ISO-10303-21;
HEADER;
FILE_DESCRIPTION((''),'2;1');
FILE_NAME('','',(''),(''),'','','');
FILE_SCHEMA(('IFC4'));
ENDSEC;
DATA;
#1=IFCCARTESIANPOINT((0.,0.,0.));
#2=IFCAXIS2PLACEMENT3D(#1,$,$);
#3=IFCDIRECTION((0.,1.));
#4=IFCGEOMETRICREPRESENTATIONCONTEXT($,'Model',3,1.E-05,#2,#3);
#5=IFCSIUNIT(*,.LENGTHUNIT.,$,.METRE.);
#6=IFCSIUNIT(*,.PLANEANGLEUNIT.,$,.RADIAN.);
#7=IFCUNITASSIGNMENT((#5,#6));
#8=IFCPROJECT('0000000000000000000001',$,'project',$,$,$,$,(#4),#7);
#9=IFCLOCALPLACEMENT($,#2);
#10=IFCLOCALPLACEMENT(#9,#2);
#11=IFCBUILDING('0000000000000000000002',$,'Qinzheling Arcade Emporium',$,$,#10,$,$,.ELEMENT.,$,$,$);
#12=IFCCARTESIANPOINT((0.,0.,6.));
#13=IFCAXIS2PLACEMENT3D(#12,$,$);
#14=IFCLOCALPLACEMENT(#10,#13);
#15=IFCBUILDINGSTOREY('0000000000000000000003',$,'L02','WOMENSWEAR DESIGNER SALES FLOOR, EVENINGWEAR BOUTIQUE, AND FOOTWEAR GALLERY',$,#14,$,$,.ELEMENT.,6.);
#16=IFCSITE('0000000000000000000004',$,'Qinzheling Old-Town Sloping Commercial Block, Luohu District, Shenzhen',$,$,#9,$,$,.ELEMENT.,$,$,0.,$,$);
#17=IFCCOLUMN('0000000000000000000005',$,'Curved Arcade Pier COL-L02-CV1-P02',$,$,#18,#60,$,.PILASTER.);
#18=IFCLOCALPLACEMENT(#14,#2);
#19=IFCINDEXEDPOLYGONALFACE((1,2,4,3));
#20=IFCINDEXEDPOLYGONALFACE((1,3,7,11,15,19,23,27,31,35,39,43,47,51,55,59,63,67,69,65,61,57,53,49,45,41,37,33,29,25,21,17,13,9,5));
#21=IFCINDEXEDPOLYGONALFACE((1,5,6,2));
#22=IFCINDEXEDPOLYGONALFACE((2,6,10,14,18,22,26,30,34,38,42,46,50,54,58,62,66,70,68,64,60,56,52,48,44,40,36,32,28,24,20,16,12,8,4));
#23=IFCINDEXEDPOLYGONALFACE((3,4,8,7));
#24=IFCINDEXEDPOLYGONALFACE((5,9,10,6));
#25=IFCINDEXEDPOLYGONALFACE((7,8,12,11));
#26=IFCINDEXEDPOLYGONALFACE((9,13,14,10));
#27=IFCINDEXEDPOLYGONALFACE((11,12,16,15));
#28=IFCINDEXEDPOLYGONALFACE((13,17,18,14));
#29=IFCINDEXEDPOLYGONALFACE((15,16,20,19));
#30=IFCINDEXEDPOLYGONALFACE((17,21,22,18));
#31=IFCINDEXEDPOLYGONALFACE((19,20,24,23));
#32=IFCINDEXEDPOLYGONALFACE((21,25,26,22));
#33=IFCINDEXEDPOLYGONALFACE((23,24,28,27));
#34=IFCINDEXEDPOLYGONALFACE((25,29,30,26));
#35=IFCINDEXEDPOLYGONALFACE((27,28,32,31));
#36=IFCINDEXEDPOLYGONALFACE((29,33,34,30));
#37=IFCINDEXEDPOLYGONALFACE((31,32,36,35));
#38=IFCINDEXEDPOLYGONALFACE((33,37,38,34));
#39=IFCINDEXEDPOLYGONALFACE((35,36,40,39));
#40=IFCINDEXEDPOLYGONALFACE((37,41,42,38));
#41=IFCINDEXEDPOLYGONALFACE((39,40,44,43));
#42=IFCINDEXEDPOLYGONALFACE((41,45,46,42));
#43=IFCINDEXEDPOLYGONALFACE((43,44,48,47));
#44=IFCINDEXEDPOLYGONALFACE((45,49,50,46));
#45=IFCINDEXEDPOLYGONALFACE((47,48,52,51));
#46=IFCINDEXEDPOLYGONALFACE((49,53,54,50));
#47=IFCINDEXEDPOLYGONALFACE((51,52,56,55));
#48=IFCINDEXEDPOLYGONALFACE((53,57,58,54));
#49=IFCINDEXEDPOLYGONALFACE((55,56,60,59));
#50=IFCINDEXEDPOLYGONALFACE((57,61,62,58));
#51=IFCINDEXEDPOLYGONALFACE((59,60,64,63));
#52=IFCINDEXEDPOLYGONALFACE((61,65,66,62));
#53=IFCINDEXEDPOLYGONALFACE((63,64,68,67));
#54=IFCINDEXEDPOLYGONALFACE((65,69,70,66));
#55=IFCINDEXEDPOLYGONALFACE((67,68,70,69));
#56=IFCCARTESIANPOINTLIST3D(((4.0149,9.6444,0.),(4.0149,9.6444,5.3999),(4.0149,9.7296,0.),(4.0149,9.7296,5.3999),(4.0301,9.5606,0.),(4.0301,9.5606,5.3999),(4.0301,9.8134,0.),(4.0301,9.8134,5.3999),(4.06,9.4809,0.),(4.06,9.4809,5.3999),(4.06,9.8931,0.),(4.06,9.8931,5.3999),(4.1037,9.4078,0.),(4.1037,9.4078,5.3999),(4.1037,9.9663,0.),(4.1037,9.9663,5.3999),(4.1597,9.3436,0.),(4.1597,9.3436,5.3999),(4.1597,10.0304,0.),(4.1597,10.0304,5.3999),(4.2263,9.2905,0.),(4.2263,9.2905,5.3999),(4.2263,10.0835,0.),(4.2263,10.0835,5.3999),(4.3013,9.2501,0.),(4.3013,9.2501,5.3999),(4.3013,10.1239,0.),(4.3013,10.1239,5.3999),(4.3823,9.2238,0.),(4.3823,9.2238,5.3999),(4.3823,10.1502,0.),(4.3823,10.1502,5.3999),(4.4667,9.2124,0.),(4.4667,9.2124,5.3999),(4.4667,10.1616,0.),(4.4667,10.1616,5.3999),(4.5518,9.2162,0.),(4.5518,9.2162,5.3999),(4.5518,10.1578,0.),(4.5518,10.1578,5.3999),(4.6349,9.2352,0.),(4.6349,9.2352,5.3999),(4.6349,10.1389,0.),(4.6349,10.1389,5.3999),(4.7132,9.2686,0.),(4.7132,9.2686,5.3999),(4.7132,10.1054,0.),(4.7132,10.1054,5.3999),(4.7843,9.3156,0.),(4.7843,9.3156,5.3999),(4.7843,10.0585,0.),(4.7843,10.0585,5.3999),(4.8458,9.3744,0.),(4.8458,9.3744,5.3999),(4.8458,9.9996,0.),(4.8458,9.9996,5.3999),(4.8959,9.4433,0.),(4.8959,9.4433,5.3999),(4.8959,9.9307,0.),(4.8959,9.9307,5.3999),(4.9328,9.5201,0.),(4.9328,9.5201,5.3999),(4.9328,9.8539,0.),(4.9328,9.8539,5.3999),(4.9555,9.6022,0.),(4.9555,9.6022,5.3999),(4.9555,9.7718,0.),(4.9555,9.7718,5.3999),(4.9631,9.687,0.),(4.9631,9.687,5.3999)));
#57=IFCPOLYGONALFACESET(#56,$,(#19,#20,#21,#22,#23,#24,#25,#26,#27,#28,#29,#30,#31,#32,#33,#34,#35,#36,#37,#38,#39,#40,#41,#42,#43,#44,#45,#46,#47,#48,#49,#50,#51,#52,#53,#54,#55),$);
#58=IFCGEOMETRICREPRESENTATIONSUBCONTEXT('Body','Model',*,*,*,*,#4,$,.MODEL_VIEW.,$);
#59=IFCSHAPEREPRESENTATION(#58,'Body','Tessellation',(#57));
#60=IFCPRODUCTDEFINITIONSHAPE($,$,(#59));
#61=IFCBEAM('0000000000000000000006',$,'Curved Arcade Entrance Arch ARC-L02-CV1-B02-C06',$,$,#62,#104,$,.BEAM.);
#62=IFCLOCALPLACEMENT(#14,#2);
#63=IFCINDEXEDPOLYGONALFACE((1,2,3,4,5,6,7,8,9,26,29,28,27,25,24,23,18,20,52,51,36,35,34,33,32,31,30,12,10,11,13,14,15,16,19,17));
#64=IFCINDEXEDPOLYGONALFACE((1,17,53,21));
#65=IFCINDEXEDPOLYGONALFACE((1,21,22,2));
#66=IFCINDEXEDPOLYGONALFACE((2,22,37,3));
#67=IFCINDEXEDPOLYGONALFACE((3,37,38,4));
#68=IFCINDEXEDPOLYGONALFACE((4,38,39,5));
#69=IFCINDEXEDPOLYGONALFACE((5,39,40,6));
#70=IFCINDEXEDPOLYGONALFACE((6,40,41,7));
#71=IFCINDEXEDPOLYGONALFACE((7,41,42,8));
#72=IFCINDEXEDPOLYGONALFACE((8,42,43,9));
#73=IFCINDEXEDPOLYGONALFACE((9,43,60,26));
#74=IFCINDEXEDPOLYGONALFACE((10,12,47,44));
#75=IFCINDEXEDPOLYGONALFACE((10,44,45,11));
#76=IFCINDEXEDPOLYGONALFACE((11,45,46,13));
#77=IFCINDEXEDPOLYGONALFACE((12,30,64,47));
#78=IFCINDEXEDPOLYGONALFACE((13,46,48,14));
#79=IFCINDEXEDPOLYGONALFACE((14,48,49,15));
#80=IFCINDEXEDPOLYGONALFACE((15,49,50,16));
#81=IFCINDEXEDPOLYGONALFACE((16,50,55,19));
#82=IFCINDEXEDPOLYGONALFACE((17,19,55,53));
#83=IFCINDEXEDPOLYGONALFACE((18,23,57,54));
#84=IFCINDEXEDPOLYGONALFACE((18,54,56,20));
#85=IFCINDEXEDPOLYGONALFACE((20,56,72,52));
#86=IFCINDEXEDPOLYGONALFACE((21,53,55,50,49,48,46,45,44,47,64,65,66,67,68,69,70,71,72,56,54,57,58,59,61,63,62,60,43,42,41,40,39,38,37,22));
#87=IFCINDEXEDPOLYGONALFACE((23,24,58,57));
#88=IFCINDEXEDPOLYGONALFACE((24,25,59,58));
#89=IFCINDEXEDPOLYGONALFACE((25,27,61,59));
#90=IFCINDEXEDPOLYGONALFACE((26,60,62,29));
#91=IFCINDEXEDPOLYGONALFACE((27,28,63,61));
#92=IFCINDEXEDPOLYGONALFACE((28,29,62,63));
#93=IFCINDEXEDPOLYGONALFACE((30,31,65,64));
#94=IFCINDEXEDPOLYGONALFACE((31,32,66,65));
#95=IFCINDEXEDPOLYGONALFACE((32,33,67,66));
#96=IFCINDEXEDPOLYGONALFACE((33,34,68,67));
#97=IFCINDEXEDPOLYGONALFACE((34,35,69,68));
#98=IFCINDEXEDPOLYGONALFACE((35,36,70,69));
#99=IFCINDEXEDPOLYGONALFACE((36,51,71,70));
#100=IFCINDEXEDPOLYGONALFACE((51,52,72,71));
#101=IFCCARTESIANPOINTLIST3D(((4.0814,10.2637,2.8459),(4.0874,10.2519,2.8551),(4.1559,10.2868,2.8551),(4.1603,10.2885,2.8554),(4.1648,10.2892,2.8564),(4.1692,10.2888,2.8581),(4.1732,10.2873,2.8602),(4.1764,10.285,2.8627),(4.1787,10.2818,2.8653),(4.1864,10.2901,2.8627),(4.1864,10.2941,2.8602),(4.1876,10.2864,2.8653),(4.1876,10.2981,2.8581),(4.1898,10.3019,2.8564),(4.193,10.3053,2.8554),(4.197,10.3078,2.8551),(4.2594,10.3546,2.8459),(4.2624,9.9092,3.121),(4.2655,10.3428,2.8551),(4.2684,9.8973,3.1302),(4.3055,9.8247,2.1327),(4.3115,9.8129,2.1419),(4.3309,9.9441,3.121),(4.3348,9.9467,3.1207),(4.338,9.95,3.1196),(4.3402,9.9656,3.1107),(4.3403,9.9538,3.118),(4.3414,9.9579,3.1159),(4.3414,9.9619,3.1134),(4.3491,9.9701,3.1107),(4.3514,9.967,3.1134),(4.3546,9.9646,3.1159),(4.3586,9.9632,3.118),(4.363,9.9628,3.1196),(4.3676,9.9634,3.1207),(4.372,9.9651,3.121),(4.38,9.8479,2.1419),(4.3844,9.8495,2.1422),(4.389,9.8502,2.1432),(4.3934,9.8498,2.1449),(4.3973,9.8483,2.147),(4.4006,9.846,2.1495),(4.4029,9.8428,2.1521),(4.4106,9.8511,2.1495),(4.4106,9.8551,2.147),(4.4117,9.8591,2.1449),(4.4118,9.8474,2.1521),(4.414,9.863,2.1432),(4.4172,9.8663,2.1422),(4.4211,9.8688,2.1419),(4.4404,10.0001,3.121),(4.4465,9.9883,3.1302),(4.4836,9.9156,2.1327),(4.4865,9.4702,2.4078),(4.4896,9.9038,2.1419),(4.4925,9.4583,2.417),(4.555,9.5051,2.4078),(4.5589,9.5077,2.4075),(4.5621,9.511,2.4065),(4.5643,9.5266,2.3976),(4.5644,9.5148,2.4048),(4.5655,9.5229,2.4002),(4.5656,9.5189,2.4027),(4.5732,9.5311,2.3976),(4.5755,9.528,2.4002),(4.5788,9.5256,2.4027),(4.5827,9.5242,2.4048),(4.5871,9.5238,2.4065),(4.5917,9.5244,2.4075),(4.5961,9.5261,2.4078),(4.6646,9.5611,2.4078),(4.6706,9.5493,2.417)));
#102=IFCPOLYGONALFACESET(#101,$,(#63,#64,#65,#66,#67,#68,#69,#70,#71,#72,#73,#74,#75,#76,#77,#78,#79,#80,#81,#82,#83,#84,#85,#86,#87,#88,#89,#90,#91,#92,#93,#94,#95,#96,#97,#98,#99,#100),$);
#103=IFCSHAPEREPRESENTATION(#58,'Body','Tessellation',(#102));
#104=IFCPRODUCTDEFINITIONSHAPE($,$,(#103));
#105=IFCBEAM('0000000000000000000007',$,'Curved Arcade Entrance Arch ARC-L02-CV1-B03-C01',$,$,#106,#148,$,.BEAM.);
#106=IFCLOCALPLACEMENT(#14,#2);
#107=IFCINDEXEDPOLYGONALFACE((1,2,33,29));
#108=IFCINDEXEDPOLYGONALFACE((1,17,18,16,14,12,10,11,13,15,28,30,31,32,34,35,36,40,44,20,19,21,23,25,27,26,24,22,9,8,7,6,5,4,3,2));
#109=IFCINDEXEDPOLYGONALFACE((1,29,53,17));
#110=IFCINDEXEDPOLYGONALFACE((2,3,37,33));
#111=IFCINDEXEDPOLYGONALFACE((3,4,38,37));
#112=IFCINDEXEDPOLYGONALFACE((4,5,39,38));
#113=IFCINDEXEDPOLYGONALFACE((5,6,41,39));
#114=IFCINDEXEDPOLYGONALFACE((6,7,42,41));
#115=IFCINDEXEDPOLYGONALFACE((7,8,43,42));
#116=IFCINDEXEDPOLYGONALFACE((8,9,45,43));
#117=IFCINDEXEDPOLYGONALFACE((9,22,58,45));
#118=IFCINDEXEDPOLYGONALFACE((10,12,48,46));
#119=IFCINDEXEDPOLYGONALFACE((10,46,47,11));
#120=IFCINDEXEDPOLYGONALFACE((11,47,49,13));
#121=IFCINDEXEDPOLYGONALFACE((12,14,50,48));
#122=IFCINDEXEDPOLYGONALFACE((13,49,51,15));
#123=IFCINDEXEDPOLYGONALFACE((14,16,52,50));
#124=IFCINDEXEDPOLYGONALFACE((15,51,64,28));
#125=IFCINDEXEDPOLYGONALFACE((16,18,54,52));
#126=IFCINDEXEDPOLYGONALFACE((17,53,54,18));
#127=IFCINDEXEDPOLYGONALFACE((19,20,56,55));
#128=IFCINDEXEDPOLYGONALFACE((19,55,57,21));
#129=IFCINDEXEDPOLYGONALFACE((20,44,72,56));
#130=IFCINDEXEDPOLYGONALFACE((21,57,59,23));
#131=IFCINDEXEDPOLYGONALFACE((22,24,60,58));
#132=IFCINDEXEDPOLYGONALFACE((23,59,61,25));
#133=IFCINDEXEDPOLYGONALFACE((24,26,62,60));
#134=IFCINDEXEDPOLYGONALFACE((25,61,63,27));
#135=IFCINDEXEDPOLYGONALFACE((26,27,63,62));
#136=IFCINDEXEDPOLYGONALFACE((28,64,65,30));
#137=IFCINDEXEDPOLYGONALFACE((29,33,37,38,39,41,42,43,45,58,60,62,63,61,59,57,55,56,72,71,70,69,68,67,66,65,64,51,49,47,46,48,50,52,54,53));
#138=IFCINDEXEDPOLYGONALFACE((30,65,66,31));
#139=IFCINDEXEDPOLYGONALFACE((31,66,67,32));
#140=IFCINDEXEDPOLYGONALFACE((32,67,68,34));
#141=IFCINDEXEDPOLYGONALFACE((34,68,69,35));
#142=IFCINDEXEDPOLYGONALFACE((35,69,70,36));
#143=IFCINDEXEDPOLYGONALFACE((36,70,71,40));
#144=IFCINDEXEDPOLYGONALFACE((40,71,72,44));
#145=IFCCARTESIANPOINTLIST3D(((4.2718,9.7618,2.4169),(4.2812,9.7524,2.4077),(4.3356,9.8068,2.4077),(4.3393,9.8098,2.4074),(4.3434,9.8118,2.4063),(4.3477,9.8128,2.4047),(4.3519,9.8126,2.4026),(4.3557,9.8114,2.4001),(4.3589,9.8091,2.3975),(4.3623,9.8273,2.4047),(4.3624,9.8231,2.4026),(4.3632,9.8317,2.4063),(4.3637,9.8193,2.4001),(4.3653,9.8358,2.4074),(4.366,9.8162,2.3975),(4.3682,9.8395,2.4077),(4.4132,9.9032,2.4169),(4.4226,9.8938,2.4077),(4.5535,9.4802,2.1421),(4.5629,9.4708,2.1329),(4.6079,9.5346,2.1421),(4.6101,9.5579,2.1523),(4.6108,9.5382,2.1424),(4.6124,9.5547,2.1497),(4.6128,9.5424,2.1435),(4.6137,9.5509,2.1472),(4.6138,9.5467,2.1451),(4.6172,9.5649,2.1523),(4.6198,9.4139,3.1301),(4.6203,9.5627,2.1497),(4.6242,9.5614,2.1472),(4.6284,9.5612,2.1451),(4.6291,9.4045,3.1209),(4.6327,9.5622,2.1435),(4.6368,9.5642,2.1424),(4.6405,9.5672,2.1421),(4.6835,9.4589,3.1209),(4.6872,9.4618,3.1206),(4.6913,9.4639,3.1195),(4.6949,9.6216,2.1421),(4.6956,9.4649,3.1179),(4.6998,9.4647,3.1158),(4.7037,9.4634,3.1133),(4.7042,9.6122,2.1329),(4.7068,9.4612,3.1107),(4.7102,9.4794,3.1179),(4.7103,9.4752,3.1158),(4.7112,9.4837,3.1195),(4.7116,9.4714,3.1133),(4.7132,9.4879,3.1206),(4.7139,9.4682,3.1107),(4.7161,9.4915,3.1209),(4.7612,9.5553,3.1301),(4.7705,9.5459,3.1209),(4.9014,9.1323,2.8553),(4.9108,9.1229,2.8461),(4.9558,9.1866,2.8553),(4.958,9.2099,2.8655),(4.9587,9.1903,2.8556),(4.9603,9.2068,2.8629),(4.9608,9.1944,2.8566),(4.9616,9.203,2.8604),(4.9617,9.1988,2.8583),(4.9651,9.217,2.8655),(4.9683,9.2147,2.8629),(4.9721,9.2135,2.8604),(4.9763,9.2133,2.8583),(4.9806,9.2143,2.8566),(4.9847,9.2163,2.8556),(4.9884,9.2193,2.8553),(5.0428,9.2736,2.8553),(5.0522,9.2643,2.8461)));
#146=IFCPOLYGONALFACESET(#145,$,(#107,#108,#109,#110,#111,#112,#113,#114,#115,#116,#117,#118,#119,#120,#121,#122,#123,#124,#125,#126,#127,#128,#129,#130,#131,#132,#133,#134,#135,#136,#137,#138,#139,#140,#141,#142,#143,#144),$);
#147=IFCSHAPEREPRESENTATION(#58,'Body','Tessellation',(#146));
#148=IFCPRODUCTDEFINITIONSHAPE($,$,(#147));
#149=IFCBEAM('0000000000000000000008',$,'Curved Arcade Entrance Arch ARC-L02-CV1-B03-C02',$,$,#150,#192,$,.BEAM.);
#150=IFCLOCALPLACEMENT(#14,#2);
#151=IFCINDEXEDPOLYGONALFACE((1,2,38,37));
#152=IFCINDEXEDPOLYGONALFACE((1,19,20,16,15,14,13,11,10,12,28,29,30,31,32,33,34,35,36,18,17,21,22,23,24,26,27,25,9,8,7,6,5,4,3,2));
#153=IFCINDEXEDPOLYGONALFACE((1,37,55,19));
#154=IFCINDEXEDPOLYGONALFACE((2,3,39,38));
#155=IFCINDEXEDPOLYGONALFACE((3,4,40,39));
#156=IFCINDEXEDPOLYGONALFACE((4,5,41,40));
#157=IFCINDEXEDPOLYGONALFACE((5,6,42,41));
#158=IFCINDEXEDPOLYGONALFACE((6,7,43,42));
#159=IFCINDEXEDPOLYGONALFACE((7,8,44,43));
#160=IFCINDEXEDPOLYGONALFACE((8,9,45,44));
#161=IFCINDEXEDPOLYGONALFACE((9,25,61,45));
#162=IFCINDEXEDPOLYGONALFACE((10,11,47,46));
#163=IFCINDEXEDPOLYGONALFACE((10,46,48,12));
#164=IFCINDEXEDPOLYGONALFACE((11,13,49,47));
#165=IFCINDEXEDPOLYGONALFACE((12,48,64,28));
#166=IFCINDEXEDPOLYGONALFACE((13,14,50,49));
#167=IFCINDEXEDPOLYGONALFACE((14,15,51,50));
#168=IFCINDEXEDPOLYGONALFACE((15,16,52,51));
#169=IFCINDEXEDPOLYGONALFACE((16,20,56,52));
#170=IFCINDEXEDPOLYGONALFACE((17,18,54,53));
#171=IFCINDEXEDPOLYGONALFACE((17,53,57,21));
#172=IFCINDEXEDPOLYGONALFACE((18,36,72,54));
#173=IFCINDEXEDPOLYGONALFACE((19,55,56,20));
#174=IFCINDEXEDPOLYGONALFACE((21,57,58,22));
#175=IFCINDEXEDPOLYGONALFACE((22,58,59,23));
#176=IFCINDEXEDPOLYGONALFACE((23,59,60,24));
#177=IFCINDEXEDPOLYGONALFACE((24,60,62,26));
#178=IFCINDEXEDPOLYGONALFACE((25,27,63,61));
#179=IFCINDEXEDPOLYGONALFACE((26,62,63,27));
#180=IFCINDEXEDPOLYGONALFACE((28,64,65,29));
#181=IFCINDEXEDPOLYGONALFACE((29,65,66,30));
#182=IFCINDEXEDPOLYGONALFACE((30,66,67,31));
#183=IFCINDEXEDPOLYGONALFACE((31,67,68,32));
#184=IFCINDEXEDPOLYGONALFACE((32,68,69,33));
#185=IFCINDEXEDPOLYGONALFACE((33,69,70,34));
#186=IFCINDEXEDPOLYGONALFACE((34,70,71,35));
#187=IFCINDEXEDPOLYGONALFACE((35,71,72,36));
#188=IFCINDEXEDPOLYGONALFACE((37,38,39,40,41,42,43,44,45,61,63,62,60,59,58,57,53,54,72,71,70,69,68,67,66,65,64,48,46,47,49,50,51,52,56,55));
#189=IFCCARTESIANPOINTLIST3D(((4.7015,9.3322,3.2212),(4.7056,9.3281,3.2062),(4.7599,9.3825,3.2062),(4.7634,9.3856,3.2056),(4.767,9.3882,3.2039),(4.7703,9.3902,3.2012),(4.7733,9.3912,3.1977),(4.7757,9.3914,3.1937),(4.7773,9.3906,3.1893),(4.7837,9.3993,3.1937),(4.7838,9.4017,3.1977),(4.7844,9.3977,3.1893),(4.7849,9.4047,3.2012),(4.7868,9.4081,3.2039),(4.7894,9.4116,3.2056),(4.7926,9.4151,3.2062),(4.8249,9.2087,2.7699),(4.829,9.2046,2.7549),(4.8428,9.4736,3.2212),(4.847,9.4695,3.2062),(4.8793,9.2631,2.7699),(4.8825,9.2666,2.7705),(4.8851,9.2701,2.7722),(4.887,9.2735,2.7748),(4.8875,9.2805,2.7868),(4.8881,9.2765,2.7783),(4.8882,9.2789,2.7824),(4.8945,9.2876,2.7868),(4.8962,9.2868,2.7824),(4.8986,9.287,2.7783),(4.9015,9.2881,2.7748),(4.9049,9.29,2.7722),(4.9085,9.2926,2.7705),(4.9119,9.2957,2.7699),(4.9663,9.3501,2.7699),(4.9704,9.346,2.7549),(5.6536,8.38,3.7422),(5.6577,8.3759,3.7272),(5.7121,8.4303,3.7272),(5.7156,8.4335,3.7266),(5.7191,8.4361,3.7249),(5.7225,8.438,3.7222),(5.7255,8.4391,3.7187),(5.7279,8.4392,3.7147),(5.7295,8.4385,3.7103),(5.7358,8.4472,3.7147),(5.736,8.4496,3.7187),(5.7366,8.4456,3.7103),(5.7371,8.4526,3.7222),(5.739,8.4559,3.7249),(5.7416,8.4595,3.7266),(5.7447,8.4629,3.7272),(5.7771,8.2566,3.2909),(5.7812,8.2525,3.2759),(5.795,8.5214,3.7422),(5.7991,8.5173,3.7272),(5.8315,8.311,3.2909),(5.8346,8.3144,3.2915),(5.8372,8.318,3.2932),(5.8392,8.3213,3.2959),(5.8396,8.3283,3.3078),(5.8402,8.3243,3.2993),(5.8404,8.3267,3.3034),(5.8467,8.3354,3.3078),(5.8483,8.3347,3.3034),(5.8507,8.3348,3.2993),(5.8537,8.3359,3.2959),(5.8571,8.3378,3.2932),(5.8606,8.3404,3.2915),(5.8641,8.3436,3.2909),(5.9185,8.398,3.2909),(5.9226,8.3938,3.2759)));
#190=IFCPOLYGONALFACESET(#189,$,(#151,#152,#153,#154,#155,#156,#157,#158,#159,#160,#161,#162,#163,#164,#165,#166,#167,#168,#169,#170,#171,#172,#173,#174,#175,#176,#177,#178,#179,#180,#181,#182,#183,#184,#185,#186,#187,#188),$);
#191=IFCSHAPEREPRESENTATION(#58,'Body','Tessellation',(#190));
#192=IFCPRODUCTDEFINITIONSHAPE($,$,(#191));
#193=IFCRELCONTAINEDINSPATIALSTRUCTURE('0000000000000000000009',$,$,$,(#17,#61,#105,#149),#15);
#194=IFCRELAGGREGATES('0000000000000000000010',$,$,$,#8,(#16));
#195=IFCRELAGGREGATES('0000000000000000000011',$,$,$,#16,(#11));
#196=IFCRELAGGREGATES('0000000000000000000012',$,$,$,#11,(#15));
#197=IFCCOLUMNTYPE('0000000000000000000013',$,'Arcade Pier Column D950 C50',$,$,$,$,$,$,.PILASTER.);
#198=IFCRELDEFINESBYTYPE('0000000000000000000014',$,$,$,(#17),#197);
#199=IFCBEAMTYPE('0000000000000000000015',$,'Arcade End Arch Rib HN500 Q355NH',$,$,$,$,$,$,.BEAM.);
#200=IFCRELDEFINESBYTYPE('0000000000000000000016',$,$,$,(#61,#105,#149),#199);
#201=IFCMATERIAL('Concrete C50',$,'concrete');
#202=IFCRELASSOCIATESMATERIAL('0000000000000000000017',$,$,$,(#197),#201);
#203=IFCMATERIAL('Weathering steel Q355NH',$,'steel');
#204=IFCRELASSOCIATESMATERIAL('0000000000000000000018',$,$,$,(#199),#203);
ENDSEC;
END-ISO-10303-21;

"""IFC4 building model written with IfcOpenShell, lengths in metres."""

from ifc_helpers import new_model, si_unit, direction, frame, origin, origin_2d, place, context, subcontext, project, spatial, circle, i_section, extrude, material, material_profile, profile_set, type_object, element, save


model = new_model("IFC4")

# Units and contexts
model_context = context("Model", 3, precision=1e-05, world=origin(), true_north=direction((0.0, 1.0)))
body_context = subcontext(model_context, "Body", "Model", "MODEL_VIEW")
ifc_project = project(units=[si_unit("LENGTHUNIT", "METRE"), si_unit("PLANEANGLEUNIT", "RADIAN")], contexts=[model_context])

# Site, building, storey
site_placement = place(None, origin())
site = spatial("IfcSite", under=ifc_project, at=site_placement, Name="Qinzheling Old-Town Sloping Commercial Block, Luohu District, Shenzhen", CompositionType="ELEMENT", RefElevation=0.0)
building_placement = place(site_placement, origin())
building = spatial("IfcBuilding", under=site, at=building_placement, Name="Qinzheling Arcade Emporium", CompositionType="ELEMENT")
storey_placement = place(building_placement, frame((0.0, 0.0, 6.0)))
storey = spatial("IfcBuildingStorey", under=building, at=storey_placement, Name="L02", Description="WOMENSWEAR DESIGNER SALES FLOOR, EVENINGWEAR BOUTIQUE, AND FOOTWEAR GALLERY", CompositionType="ELEMENT", Elevation=6.0)

# Column
ifc_material_1 = material(Name="Concrete C50", Category="concrete")
ifc_material_profile_1 = material_profile(ifc_material_1, circle(Radius=0.4751, at=origin_2d()), Name="RC D950", Category="concrete")
ifc_profile_set_1 = profile_set([ifc_material_profile_1], Name="Concrete C50")
column_type = type_object("IfcColumnType", Name="Arcade Pier Column D950 C50", PredefinedType="PILASTER", material=ifc_profile_set_1)
column_placement = place(storey_placement, frame((4.488, 9.687, 0.0), z_axis=(0.0, 0.0, 1.0), x_axis=(1.0, 0.0, 0.0)))
element("IfcColumn", 1, at=column_placement, inside=storey, type_object=column_type, Name="Curved Arcade Pier COL-L02-CV1-P02", PredefinedType="PILASTER", context=body_context, shape_type="SweptSolid", body=[
    extrude(circle(Radius=0.4751, at=origin_2d()), origin(), (0.0, 0.0, 1.0), 5.3999),
])

# Beams
ifc_material_2 = material(Name="Weathering steel Q355NH", Category="steel")
ifc_material_profile_2 = material_profile(ifc_material_2, i_section(OverallWidth=0.2, OverallDepth=0.5, WebThickness=0.01, FlangeThickness=0.0161, FilletRadius=0.0181, at=origin_2d()), Name="HN 500x200x10x16", Category="steel")
ifc_profile_set_2 = profile_set([ifc_material_profile_2], Name="Weathering steel Q355NH")
beam_type_1 = type_object("IfcBeamType", Name="Arcade End Arch Rib HN500 Q355NH", PredefinedType="BEAM", material=ifc_profile_set_2)
beam_1_placement = place(storey_placement, frame((4.2639, 10.126, 2.988), z_axis=(0.258538, -0.506373, -0.822645), x_axis=(0.890631, 0.454727, 0.0)))
element("IfcBeam", 2, at=beam_1_placement, inside=storey, type_object=beam_type_1, Name="Curved Arcade Entrance Arch ARC-L02-CV1-B02-C06", PredefinedType="BEAM", context=body_context, shape_type="SweptSolid", body=[
    extrude(i_section(OverallWidth=0.2, OverallDepth=0.5, WebThickness=0.01, FlangeThickness=0.0161, FilletRadius=0.0181, at=origin_2d()), origin(), (0.0, 0.0, 1.0), 0.8669),
])
beam_2_placement = place(storey_placement, frame((4.488, 9.687, 2.2749), z_axis=(0.401552, -0.401552, 0.823111), x_axis=(0.707107, 0.707107, 0.0)))
element("IfcBeam", 3, at=beam_2_placement, inside=storey, type_object=beam_type_1, Name="Curved Arcade Entrance Arch ARC-L02-CV1-B03-C01", PredefinedType="BEAM", context=body_context, shape_type="SweptSolid", body=[
    extrude(i_section(OverallWidth=0.2, OverallDepth=0.5, WebThickness=0.01, FlangeThickness=0.0161, FilletRadius=0.0181, at=origin_2d()), origin(), (0.0, 0.0, 1.0), 0.8665),
])
beam_3_placement = place(storey_placement, frame((4.8359, 9.3391, 2.988), z_axis=(0.659466, -0.659466, 0.360846), x_axis=(0.707107, 0.707107, 0.0)))
element("IfcBeam", 4, at=beam_3_placement, inside=storey, type_object=beam_type_1, Name="Curved Arcade Entrance Arch ARC-L02-CV1-B03-C02", PredefinedType="BEAM", context=body_context, shape_type="SweptSolid", body=[
    extrude(i_section(OverallWidth=0.2, OverallDepth=0.5, WebThickness=0.01, FlangeThickness=0.0161, FilletRadius=0.0181, at=origin_2d()), origin(), (0.0, 0.0, 1.0), 1.4438),
])

save(model, "model.ifc")
